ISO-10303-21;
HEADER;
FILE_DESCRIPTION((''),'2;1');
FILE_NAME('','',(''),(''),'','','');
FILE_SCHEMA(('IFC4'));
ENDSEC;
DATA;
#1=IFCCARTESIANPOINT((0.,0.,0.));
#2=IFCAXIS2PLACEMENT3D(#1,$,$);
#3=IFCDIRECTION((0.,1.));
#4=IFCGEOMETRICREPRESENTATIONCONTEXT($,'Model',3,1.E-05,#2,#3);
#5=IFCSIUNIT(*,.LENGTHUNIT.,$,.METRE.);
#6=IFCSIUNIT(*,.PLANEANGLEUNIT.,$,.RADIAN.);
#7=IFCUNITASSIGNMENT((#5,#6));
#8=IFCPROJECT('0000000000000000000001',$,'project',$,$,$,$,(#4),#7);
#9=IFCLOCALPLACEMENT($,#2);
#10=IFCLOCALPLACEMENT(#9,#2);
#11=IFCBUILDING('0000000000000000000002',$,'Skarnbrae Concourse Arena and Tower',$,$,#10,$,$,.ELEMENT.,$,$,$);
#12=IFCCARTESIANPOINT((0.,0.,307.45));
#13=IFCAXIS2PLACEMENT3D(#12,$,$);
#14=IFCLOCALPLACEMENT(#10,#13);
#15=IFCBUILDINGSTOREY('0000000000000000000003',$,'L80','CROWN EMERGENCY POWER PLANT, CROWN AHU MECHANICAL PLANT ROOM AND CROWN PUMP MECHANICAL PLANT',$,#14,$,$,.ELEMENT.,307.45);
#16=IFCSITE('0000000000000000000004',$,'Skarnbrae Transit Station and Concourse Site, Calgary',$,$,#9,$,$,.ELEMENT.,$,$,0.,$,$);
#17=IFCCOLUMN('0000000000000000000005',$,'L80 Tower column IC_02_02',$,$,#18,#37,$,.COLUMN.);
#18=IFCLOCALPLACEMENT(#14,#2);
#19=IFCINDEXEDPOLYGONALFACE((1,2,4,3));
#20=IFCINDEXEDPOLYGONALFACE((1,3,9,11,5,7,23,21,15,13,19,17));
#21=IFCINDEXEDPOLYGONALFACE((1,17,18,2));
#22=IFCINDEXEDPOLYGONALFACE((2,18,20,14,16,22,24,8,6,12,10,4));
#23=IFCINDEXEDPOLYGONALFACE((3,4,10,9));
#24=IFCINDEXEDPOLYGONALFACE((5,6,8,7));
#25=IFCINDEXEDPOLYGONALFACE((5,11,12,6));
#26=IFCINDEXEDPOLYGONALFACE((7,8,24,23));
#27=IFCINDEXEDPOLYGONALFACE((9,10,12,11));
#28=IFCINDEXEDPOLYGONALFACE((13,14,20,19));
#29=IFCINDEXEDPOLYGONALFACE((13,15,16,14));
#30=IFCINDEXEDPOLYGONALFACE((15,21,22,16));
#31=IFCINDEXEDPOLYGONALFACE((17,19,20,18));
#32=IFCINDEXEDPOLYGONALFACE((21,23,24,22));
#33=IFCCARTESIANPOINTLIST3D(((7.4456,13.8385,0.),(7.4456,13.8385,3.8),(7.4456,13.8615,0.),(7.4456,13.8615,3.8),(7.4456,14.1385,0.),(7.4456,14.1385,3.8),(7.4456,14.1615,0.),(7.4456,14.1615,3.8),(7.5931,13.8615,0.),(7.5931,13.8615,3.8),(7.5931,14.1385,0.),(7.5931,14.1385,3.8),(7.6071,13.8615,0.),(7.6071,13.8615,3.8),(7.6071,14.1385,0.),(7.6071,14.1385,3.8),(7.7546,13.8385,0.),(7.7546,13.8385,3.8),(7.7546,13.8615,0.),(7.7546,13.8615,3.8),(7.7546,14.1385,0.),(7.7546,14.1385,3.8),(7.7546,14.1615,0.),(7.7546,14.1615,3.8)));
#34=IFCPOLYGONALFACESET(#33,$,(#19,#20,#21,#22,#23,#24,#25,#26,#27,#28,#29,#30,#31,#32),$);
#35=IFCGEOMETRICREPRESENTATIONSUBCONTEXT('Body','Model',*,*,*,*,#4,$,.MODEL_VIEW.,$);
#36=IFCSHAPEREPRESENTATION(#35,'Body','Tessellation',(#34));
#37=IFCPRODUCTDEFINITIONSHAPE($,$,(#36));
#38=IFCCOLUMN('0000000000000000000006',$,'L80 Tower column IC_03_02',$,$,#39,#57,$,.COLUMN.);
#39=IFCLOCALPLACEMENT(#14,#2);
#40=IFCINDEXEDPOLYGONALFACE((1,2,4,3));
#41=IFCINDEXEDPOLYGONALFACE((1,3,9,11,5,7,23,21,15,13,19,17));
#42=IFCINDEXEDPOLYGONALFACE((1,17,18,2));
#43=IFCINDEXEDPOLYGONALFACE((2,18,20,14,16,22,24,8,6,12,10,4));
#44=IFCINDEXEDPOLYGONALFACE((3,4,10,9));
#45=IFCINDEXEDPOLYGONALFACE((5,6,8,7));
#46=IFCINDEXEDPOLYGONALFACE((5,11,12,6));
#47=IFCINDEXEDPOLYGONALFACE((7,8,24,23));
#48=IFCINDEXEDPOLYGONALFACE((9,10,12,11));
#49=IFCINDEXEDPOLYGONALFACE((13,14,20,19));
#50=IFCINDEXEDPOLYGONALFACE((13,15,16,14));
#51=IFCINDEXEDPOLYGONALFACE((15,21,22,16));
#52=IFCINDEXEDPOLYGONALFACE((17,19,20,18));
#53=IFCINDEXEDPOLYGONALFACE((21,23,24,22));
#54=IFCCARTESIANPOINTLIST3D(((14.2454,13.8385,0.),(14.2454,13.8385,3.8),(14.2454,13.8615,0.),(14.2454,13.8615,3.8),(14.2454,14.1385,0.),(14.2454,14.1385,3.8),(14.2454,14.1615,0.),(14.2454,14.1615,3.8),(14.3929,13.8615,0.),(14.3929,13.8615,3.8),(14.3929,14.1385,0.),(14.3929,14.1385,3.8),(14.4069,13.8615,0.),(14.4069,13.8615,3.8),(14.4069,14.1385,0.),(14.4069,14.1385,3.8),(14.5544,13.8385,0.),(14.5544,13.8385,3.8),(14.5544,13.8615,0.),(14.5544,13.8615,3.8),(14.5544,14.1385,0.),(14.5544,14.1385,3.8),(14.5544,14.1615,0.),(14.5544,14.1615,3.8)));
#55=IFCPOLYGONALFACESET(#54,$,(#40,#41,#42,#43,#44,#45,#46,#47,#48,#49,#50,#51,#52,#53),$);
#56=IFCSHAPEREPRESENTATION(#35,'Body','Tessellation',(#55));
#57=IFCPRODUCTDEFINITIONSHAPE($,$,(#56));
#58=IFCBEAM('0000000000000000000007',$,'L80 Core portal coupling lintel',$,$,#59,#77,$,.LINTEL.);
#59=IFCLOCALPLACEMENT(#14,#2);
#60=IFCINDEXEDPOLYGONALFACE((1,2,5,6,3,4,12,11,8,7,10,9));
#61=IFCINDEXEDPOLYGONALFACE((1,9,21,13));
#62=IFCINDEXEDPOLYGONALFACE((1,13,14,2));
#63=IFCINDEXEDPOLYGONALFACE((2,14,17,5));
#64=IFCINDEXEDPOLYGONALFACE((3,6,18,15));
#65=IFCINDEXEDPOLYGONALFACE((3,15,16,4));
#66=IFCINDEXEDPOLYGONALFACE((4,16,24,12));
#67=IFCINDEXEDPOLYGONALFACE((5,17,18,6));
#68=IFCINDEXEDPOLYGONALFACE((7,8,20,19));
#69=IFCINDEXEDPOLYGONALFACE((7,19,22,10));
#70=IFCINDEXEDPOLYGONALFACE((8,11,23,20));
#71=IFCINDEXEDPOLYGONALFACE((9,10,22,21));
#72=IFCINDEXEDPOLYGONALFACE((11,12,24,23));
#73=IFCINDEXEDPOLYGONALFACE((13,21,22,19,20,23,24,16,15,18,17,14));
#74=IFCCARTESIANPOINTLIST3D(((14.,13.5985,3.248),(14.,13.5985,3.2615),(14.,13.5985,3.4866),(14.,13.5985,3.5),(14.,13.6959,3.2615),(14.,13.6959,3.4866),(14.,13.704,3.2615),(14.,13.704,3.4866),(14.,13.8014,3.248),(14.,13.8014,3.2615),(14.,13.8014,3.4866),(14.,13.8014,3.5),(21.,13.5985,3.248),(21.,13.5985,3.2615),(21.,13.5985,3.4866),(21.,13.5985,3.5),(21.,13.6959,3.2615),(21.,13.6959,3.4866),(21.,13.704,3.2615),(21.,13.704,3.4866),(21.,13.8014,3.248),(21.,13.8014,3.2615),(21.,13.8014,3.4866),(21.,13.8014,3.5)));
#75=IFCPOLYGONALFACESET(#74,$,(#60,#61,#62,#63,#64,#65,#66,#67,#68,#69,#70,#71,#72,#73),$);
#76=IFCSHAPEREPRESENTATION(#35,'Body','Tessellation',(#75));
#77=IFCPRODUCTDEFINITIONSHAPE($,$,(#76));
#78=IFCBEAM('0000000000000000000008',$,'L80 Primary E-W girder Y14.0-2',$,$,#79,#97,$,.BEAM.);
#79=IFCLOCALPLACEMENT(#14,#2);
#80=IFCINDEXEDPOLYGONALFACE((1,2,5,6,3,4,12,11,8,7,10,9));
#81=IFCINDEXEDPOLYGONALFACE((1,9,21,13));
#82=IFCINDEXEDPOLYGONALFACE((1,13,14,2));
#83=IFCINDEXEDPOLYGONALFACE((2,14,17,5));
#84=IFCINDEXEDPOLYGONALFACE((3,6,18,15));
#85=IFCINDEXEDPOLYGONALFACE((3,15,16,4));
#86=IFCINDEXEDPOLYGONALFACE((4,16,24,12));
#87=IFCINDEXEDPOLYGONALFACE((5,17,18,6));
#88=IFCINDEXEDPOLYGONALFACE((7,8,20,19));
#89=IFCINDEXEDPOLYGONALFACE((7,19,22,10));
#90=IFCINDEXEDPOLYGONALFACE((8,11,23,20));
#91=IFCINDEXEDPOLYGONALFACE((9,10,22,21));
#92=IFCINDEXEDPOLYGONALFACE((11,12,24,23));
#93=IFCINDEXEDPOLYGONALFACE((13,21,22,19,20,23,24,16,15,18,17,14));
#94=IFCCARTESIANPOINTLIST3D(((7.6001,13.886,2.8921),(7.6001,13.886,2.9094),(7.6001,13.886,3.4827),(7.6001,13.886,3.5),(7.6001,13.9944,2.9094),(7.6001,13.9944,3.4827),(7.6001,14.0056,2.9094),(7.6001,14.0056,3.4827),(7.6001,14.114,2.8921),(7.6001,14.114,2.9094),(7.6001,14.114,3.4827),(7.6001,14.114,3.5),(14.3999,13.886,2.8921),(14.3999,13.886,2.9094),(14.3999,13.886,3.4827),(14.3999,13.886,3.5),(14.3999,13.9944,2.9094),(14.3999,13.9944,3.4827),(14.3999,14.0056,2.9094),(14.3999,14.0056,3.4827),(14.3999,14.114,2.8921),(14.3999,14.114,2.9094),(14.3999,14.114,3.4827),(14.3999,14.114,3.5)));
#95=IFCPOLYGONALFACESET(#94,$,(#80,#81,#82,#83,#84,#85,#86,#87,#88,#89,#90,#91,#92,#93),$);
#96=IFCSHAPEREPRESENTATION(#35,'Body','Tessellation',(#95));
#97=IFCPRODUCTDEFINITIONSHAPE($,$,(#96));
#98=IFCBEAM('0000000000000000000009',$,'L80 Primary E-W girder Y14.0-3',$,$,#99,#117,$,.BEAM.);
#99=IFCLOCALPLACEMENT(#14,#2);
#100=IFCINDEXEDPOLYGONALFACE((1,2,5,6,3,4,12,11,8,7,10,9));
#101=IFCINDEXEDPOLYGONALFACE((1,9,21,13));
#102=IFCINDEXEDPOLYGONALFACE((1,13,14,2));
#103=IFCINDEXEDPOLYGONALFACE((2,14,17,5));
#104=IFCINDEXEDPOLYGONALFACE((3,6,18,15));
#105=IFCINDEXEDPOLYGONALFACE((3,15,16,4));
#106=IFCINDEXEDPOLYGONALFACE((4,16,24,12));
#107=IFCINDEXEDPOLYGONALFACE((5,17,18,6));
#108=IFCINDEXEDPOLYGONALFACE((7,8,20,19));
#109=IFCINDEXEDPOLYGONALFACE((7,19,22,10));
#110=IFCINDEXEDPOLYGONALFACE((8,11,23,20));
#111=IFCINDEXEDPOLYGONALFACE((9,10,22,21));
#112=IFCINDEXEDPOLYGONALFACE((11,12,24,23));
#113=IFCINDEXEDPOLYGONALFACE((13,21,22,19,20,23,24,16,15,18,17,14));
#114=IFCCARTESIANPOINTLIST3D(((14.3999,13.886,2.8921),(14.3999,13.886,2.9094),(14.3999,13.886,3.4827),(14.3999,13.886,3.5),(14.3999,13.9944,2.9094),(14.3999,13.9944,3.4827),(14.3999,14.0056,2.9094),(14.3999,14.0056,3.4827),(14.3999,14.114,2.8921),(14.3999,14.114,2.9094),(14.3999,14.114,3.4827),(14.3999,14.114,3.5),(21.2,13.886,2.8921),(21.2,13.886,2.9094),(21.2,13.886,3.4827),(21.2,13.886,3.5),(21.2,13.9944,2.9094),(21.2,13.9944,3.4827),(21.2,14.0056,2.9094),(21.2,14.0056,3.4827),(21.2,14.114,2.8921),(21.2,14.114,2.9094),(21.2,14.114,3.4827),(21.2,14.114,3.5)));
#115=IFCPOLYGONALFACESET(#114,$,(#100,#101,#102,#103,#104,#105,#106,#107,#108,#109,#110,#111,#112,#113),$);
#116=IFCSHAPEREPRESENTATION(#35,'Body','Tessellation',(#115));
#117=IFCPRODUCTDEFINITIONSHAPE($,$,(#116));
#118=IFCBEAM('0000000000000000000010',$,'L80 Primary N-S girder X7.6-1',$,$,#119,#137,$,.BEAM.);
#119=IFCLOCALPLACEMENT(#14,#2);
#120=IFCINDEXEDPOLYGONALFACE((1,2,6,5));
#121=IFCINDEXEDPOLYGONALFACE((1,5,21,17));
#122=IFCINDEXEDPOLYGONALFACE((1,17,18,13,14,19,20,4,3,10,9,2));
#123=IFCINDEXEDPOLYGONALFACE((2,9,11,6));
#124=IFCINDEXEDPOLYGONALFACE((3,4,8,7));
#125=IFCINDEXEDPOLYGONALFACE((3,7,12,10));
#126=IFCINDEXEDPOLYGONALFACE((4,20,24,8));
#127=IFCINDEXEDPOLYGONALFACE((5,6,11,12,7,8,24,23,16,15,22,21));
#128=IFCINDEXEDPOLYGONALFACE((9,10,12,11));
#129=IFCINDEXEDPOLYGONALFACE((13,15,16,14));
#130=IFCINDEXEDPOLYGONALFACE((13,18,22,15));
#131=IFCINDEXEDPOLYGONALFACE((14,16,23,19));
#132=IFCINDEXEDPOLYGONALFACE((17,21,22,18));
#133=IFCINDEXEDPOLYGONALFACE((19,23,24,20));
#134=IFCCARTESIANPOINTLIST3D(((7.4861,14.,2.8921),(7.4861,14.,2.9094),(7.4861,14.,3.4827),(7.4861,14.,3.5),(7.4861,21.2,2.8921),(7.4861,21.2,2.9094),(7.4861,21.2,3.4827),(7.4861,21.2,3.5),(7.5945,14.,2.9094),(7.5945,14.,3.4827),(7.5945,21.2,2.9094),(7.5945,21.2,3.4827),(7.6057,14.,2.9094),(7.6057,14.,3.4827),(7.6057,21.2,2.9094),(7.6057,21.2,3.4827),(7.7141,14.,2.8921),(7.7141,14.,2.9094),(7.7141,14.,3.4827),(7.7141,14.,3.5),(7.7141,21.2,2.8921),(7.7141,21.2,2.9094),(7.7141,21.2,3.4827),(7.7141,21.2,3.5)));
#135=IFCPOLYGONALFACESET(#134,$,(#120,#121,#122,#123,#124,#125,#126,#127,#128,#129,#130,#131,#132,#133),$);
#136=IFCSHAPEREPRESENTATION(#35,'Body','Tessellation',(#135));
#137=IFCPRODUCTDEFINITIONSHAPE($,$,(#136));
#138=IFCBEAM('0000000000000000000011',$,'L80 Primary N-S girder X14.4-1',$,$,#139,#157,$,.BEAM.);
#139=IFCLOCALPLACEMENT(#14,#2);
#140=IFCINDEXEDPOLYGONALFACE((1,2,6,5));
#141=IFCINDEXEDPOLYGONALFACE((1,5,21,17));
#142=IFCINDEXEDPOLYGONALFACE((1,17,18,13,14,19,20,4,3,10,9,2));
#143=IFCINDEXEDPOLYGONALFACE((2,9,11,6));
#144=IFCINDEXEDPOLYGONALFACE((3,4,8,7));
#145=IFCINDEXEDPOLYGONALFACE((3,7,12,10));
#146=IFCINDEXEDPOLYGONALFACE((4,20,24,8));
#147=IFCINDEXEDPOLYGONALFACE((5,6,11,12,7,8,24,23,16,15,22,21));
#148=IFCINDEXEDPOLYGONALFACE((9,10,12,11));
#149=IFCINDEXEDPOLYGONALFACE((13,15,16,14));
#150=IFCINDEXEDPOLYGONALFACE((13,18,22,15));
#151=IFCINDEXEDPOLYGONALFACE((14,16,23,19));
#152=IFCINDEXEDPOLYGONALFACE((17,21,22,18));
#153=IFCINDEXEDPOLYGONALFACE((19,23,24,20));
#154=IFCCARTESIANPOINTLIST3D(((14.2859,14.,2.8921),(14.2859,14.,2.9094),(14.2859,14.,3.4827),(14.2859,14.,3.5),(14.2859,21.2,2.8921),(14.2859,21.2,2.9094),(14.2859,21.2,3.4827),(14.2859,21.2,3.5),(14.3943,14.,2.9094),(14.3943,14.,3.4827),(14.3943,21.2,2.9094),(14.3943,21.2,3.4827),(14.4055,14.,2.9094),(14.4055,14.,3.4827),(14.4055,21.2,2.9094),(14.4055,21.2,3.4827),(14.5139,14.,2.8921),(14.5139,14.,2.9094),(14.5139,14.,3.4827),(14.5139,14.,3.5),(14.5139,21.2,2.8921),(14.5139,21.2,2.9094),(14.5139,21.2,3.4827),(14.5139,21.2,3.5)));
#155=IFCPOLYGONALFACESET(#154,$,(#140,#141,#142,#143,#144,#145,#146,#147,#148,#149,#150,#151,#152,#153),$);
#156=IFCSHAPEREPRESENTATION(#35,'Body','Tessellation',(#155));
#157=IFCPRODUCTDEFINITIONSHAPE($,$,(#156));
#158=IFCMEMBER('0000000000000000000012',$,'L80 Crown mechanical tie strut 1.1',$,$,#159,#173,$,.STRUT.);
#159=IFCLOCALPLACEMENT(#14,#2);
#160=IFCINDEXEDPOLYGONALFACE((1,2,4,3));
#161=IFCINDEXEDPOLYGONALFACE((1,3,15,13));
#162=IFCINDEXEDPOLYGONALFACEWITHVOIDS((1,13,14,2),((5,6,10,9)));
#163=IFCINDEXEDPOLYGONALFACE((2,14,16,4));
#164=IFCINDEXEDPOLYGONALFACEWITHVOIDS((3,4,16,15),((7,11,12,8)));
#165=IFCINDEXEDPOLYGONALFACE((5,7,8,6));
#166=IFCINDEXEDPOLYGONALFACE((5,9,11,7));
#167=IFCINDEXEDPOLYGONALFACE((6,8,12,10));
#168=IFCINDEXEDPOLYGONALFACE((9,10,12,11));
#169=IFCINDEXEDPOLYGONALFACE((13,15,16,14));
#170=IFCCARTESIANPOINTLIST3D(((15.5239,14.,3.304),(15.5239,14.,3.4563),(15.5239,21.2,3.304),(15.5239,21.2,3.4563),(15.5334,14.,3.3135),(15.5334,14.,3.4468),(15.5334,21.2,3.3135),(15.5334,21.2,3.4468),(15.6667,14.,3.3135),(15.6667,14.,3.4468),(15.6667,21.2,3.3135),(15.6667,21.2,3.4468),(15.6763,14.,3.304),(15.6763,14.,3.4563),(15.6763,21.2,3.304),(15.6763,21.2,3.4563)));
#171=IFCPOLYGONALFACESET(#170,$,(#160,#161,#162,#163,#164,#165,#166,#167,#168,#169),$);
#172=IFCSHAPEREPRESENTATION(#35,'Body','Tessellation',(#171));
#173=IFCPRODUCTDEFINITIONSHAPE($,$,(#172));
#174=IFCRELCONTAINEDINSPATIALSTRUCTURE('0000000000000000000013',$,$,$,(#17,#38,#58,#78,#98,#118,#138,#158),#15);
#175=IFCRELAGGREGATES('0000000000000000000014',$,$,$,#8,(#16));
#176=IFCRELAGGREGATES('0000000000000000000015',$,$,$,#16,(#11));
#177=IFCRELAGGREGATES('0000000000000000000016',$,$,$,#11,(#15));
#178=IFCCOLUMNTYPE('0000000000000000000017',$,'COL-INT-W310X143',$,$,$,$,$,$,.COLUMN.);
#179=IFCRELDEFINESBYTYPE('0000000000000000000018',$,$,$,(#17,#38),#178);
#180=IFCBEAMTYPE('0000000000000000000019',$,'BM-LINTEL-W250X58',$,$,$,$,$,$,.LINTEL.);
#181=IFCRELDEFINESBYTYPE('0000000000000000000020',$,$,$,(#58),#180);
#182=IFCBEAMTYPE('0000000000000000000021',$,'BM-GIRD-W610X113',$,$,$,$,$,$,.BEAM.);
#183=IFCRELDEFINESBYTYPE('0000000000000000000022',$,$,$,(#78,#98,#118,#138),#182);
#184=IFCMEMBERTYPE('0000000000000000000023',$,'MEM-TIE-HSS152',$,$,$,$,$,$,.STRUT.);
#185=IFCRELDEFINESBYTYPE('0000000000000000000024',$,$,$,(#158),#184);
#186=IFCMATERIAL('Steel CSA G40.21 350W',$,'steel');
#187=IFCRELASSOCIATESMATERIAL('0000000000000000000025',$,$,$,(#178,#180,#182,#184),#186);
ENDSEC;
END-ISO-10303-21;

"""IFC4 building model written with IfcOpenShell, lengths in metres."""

from ifc_helpers import new_model, si_unit, direction, frame, origin, origin_2d, place, context, subcontext, project, spatial, hollow_rectangle, i_section, extrude, source, transform, mapped, material, material_profile, profile_set, type_object, element, save


model = new_model("IFC4")

# Units and contexts
model_context = context("Model", 3, precision=1e-05, world=origin(), true_north=direction((0.0, 1.0)))
body_context = subcontext(model_context, "Body", "Model", "MODEL_VIEW")
ifc_project = project(units=[si_unit("LENGTHUNIT", "METRE"), si_unit("PLANEANGLEUNIT", "RADIAN")], contexts=[model_context])

# Site, building, storey
site_placement = place(None, origin())
site = spatial("IfcSite", under=ifc_project, at=site_placement, Name="Skarnbrae Transit Station and Concourse Site, Calgary", CompositionType="ELEMENT", RefElevation=0.0)
building_placement = place(site_placement, origin())
building = spatial("IfcBuilding", under=site, at=building_placement, Name="Skarnbrae Concourse Arena and Tower", CompositionType="ELEMENT")
storey_placement = place(building_placement, frame((0.0, 0.0, 307.45)))
storey = spatial("IfcBuildingStorey", under=building, at=storey_placement, Name="L80", Description="CROWN EMERGENCY POWER PLANT, CROWN AHU MECHANICAL PLANT ROOM AND CROWN PUMP MECHANICAL PLANT", CompositionType="ELEMENT", Elevation=307.45)

# Columns
ifc_material_1 = material(Name="Steel CSA G40.21 350W", Category="steel")
ifc_material_profile_1 = material_profile(ifc_material_1, i_section(OverallWidth=0.3091, OverallDepth=0.323, WebThickness=0.0139, FlangeThickness=0.0229, at=origin_2d()), Name="W310X143")
ifc_profile_set_1 = profile_set([ifc_material_profile_1], Name="Steel CSA G40.21 350W")
column_type = type_object("IfcColumnType", Name="COL-INT-W310X143", PredefinedType="COLUMN", material=ifc_profile_set_1)
shared_shape_1 = source(origin(), body_context, "Body", "SweptSolid", [
    extrude(i_section(OverallWidth=0.3091, OverallDepth=0.323, WebThickness=0.0139, FlangeThickness=0.0229, at=origin_2d()), origin(), (0.0, 0.0, 1.0), 3.8),
])
for number, where, z_axis, x_axis, name in (
    (1, (7.6001, 14.0, 0.0), (0.0, 0.0, 1.0), (1.0, 0.0, 0.0), "L80 Tower column IC_02_02"),
    (2, (14.3999, 14.0, 0.0), (0.0, 0.0, 1.0), (1.0, 0.0, 0.0), "L80 Tower column IC_03_02"),
):
    element("IfcColumn", number, at=place(storey_placement, frame(where, z_axis=z_axis, x_axis=x_axis)), inside=storey, type_object=column_type, Name=name, PredefinedType="COLUMN", context=body_context, shape_type="MappedRepresentation", body=[
        mapped(shared_shape_1, transform((0.0, 0.0, 0.0))),
    ])

# Beams
ifc_material_profile_2 = material_profile(ifc_material_1, i_section(OverallWidth=0.2029, OverallDepth=0.252, WebThickness=0.0081, FlangeThickness=0.0134, at=origin_2d()), Name="W250X58")
ifc_profile_set_2 = profile_set([ifc_material_profile_2], Name="Steel CSA G40.21 350W")
beam_type_1 = type_object("IfcBeamType", Name="BM-LINTEL-W250X58", PredefinedType="LINTEL", material=ifc_profile_set_2)
shared_shape_2 = source(origin(), body_context, "Body", "SweptSolid", [
    extrude(i_section(OverallWidth=0.2029, OverallDepth=0.252, WebThickness=0.0081, FlangeThickness=0.0134, at=origin_2d()), origin(), (0.0, 0.0, 1.0), 7.0),
])
beam_1_placement = place(storey_placement, frame((14.0, 13.7, 3.374), z_axis=(1.0, 0.0, 0.0), x_axis=(0.0, 1.0, 0.0)))
element("IfcBeam", 3, at=beam_1_placement, inside=storey, type_object=beam_type_1, Name="L80 Core portal coupling lintel", PredefinedType="LINTEL", context=body_context, shape_type="MappedRepresentation", body=[
    mapped(shared_shape_2, transform((0.0, 0.0, 0.0))),
])
ifc_material_profile_3 = material_profile(ifc_material_1, i_section(OverallWidth=0.228, OverallDepth=0.6079, WebThickness=0.0112, FlangeThickness=0.0173, at=origin_2d()), Name="W610X113")
ifc_profile_set_3 = profile_set([ifc_material_profile_3], Name="Steel CSA G40.21 350W")
beam_type_2 = type_object("IfcBeamType", Name="BM-GIRD-W610X113", PredefinedType="BEAM", material=ifc_profile_set_3)
shared_shape_3 = source(origin(), body_context, "Body", "SweptSolid", [
    extrude(i_section(OverallWidth=0.228, OverallDepth=0.6079, WebThickness=0.0112, FlangeThickness=0.0173, at=origin_2d()), origin(), (0.0, 0.0, 1.0), 6.7998),
])
beam_2_placement = place(storey_placement, frame((7.6001, 14.0, 3.196), z_axis=(1.0, 0.0, 0.0), x_axis=(0.0, 1.0, 0.0)))
element("IfcBeam", 4, at=beam_2_placement, inside=storey, type_object=beam_type_2, Name="L80 Primary E-W girder Y14.0-2", PredefinedType="BEAM", context=body_context, shape_type="MappedRepresentation", body=[
    mapped(shared_shape_3, transform((0.0, 0.0, 0.0))),
])
shared_shape_4 = source(origin(), body_context, "Body", "SweptSolid", [
    extrude(i_section(OverallWidth=0.228, OverallDepth=0.6079, WebThickness=0.0112, FlangeThickness=0.0173, at=origin_2d()), origin(), (0.0, 0.0, 1.0), 6.8),
])
beam_3_placement = place(storey_placement, frame((14.3999, 14.0, 3.196), z_axis=(1.0, 0.0, 0.0), x_axis=(0.0, 1.0, 0.0)))
element("IfcBeam", 5, at=beam_3_placement, inside=storey, type_object=beam_type_2, Name="L80 Primary E-W girder Y14.0-3", PredefinedType="BEAM", context=body_context, shape_type="MappedRepresentation", body=[
    mapped(shared_shape_4, transform((0.0, 0.0, 0.0))),
])
shared_shape_5 = source(origin(), body_context, "Body", "SweptSolid", [
    extrude(i_section(OverallWidth=0.228, OverallDepth=0.6079, WebThickness=0.0112, FlangeThickness=0.0173, at=origin_2d()), origin(), (0.0, 0.0, 1.0), 7.2),
])
for number, where, z_axis, x_axis, name in (
    (6, (7.6001, 14.0, 3.196), (0.0, 1.0, 0.0), (-1.0, 0.0, 0.0), "L80 Primary N-S girder X7.6-1"),
    (7, (14.3999, 14.0, 3.196), (0.0, 1.0, 0.0), (-1.0, 0.0, 0.0), "L80 Primary N-S girder X14.4-1"),
):
    element("IfcBeam", number, at=place(storey_placement, frame(where, z_axis=z_axis, x_axis=x_axis)), inside=storey, type_object=beam_type_2, Name=name, PredefinedType="BEAM", context=body_context, shape_type="MappedRepresentation", body=[
        mapped(shared_shape_5, transform((0.0, 0.0, 0.0))),
    ])

# Member
ifc_material_profile_4 = material_profile(ifc_material_1, hollow_rectangle(XDim=0.1523, YDim=0.1523, WallThickness=0.0095, at=origin_2d()), Name="HSS152X152X9.5")
ifc_profile_set_4 = profile_set([ifc_material_profile_4], Name="Steel CSA G40.21 350W")
member_type = type_object("IfcMemberType", Name="MEM-TIE-HSS152", PredefinedType="STRUT", material=ifc_profile_set_4)
shared_shape_6 = source(origin(), body_context, "Body", "SweptSolid", [
    extrude(hollow_rectangle(XDim=0.1523, YDim=0.1523, WallThickness=0.0095, at=origin_2d()), origin(), (0.0, 0.0, 1.0), 7.2),
])
member_placement = place(storey_placement, frame((15.6001, 14.0, 3.3801), z_axis=(0.0, 1.0, 0.0), x_axis=(-1.0, 0.0, 0.0)))
element("IfcMember", 8, at=member_placement, inside=storey, type_object=member_type, Name="L80 Crown mechanical tie strut 1.1", PredefinedType="STRUT", context=body_context, shape_type="MappedRepresentation", body=[
    mapped(shared_shape_6, transform((0.0, 0.0, 0.0))),
])

save(model, "model.ifc")
